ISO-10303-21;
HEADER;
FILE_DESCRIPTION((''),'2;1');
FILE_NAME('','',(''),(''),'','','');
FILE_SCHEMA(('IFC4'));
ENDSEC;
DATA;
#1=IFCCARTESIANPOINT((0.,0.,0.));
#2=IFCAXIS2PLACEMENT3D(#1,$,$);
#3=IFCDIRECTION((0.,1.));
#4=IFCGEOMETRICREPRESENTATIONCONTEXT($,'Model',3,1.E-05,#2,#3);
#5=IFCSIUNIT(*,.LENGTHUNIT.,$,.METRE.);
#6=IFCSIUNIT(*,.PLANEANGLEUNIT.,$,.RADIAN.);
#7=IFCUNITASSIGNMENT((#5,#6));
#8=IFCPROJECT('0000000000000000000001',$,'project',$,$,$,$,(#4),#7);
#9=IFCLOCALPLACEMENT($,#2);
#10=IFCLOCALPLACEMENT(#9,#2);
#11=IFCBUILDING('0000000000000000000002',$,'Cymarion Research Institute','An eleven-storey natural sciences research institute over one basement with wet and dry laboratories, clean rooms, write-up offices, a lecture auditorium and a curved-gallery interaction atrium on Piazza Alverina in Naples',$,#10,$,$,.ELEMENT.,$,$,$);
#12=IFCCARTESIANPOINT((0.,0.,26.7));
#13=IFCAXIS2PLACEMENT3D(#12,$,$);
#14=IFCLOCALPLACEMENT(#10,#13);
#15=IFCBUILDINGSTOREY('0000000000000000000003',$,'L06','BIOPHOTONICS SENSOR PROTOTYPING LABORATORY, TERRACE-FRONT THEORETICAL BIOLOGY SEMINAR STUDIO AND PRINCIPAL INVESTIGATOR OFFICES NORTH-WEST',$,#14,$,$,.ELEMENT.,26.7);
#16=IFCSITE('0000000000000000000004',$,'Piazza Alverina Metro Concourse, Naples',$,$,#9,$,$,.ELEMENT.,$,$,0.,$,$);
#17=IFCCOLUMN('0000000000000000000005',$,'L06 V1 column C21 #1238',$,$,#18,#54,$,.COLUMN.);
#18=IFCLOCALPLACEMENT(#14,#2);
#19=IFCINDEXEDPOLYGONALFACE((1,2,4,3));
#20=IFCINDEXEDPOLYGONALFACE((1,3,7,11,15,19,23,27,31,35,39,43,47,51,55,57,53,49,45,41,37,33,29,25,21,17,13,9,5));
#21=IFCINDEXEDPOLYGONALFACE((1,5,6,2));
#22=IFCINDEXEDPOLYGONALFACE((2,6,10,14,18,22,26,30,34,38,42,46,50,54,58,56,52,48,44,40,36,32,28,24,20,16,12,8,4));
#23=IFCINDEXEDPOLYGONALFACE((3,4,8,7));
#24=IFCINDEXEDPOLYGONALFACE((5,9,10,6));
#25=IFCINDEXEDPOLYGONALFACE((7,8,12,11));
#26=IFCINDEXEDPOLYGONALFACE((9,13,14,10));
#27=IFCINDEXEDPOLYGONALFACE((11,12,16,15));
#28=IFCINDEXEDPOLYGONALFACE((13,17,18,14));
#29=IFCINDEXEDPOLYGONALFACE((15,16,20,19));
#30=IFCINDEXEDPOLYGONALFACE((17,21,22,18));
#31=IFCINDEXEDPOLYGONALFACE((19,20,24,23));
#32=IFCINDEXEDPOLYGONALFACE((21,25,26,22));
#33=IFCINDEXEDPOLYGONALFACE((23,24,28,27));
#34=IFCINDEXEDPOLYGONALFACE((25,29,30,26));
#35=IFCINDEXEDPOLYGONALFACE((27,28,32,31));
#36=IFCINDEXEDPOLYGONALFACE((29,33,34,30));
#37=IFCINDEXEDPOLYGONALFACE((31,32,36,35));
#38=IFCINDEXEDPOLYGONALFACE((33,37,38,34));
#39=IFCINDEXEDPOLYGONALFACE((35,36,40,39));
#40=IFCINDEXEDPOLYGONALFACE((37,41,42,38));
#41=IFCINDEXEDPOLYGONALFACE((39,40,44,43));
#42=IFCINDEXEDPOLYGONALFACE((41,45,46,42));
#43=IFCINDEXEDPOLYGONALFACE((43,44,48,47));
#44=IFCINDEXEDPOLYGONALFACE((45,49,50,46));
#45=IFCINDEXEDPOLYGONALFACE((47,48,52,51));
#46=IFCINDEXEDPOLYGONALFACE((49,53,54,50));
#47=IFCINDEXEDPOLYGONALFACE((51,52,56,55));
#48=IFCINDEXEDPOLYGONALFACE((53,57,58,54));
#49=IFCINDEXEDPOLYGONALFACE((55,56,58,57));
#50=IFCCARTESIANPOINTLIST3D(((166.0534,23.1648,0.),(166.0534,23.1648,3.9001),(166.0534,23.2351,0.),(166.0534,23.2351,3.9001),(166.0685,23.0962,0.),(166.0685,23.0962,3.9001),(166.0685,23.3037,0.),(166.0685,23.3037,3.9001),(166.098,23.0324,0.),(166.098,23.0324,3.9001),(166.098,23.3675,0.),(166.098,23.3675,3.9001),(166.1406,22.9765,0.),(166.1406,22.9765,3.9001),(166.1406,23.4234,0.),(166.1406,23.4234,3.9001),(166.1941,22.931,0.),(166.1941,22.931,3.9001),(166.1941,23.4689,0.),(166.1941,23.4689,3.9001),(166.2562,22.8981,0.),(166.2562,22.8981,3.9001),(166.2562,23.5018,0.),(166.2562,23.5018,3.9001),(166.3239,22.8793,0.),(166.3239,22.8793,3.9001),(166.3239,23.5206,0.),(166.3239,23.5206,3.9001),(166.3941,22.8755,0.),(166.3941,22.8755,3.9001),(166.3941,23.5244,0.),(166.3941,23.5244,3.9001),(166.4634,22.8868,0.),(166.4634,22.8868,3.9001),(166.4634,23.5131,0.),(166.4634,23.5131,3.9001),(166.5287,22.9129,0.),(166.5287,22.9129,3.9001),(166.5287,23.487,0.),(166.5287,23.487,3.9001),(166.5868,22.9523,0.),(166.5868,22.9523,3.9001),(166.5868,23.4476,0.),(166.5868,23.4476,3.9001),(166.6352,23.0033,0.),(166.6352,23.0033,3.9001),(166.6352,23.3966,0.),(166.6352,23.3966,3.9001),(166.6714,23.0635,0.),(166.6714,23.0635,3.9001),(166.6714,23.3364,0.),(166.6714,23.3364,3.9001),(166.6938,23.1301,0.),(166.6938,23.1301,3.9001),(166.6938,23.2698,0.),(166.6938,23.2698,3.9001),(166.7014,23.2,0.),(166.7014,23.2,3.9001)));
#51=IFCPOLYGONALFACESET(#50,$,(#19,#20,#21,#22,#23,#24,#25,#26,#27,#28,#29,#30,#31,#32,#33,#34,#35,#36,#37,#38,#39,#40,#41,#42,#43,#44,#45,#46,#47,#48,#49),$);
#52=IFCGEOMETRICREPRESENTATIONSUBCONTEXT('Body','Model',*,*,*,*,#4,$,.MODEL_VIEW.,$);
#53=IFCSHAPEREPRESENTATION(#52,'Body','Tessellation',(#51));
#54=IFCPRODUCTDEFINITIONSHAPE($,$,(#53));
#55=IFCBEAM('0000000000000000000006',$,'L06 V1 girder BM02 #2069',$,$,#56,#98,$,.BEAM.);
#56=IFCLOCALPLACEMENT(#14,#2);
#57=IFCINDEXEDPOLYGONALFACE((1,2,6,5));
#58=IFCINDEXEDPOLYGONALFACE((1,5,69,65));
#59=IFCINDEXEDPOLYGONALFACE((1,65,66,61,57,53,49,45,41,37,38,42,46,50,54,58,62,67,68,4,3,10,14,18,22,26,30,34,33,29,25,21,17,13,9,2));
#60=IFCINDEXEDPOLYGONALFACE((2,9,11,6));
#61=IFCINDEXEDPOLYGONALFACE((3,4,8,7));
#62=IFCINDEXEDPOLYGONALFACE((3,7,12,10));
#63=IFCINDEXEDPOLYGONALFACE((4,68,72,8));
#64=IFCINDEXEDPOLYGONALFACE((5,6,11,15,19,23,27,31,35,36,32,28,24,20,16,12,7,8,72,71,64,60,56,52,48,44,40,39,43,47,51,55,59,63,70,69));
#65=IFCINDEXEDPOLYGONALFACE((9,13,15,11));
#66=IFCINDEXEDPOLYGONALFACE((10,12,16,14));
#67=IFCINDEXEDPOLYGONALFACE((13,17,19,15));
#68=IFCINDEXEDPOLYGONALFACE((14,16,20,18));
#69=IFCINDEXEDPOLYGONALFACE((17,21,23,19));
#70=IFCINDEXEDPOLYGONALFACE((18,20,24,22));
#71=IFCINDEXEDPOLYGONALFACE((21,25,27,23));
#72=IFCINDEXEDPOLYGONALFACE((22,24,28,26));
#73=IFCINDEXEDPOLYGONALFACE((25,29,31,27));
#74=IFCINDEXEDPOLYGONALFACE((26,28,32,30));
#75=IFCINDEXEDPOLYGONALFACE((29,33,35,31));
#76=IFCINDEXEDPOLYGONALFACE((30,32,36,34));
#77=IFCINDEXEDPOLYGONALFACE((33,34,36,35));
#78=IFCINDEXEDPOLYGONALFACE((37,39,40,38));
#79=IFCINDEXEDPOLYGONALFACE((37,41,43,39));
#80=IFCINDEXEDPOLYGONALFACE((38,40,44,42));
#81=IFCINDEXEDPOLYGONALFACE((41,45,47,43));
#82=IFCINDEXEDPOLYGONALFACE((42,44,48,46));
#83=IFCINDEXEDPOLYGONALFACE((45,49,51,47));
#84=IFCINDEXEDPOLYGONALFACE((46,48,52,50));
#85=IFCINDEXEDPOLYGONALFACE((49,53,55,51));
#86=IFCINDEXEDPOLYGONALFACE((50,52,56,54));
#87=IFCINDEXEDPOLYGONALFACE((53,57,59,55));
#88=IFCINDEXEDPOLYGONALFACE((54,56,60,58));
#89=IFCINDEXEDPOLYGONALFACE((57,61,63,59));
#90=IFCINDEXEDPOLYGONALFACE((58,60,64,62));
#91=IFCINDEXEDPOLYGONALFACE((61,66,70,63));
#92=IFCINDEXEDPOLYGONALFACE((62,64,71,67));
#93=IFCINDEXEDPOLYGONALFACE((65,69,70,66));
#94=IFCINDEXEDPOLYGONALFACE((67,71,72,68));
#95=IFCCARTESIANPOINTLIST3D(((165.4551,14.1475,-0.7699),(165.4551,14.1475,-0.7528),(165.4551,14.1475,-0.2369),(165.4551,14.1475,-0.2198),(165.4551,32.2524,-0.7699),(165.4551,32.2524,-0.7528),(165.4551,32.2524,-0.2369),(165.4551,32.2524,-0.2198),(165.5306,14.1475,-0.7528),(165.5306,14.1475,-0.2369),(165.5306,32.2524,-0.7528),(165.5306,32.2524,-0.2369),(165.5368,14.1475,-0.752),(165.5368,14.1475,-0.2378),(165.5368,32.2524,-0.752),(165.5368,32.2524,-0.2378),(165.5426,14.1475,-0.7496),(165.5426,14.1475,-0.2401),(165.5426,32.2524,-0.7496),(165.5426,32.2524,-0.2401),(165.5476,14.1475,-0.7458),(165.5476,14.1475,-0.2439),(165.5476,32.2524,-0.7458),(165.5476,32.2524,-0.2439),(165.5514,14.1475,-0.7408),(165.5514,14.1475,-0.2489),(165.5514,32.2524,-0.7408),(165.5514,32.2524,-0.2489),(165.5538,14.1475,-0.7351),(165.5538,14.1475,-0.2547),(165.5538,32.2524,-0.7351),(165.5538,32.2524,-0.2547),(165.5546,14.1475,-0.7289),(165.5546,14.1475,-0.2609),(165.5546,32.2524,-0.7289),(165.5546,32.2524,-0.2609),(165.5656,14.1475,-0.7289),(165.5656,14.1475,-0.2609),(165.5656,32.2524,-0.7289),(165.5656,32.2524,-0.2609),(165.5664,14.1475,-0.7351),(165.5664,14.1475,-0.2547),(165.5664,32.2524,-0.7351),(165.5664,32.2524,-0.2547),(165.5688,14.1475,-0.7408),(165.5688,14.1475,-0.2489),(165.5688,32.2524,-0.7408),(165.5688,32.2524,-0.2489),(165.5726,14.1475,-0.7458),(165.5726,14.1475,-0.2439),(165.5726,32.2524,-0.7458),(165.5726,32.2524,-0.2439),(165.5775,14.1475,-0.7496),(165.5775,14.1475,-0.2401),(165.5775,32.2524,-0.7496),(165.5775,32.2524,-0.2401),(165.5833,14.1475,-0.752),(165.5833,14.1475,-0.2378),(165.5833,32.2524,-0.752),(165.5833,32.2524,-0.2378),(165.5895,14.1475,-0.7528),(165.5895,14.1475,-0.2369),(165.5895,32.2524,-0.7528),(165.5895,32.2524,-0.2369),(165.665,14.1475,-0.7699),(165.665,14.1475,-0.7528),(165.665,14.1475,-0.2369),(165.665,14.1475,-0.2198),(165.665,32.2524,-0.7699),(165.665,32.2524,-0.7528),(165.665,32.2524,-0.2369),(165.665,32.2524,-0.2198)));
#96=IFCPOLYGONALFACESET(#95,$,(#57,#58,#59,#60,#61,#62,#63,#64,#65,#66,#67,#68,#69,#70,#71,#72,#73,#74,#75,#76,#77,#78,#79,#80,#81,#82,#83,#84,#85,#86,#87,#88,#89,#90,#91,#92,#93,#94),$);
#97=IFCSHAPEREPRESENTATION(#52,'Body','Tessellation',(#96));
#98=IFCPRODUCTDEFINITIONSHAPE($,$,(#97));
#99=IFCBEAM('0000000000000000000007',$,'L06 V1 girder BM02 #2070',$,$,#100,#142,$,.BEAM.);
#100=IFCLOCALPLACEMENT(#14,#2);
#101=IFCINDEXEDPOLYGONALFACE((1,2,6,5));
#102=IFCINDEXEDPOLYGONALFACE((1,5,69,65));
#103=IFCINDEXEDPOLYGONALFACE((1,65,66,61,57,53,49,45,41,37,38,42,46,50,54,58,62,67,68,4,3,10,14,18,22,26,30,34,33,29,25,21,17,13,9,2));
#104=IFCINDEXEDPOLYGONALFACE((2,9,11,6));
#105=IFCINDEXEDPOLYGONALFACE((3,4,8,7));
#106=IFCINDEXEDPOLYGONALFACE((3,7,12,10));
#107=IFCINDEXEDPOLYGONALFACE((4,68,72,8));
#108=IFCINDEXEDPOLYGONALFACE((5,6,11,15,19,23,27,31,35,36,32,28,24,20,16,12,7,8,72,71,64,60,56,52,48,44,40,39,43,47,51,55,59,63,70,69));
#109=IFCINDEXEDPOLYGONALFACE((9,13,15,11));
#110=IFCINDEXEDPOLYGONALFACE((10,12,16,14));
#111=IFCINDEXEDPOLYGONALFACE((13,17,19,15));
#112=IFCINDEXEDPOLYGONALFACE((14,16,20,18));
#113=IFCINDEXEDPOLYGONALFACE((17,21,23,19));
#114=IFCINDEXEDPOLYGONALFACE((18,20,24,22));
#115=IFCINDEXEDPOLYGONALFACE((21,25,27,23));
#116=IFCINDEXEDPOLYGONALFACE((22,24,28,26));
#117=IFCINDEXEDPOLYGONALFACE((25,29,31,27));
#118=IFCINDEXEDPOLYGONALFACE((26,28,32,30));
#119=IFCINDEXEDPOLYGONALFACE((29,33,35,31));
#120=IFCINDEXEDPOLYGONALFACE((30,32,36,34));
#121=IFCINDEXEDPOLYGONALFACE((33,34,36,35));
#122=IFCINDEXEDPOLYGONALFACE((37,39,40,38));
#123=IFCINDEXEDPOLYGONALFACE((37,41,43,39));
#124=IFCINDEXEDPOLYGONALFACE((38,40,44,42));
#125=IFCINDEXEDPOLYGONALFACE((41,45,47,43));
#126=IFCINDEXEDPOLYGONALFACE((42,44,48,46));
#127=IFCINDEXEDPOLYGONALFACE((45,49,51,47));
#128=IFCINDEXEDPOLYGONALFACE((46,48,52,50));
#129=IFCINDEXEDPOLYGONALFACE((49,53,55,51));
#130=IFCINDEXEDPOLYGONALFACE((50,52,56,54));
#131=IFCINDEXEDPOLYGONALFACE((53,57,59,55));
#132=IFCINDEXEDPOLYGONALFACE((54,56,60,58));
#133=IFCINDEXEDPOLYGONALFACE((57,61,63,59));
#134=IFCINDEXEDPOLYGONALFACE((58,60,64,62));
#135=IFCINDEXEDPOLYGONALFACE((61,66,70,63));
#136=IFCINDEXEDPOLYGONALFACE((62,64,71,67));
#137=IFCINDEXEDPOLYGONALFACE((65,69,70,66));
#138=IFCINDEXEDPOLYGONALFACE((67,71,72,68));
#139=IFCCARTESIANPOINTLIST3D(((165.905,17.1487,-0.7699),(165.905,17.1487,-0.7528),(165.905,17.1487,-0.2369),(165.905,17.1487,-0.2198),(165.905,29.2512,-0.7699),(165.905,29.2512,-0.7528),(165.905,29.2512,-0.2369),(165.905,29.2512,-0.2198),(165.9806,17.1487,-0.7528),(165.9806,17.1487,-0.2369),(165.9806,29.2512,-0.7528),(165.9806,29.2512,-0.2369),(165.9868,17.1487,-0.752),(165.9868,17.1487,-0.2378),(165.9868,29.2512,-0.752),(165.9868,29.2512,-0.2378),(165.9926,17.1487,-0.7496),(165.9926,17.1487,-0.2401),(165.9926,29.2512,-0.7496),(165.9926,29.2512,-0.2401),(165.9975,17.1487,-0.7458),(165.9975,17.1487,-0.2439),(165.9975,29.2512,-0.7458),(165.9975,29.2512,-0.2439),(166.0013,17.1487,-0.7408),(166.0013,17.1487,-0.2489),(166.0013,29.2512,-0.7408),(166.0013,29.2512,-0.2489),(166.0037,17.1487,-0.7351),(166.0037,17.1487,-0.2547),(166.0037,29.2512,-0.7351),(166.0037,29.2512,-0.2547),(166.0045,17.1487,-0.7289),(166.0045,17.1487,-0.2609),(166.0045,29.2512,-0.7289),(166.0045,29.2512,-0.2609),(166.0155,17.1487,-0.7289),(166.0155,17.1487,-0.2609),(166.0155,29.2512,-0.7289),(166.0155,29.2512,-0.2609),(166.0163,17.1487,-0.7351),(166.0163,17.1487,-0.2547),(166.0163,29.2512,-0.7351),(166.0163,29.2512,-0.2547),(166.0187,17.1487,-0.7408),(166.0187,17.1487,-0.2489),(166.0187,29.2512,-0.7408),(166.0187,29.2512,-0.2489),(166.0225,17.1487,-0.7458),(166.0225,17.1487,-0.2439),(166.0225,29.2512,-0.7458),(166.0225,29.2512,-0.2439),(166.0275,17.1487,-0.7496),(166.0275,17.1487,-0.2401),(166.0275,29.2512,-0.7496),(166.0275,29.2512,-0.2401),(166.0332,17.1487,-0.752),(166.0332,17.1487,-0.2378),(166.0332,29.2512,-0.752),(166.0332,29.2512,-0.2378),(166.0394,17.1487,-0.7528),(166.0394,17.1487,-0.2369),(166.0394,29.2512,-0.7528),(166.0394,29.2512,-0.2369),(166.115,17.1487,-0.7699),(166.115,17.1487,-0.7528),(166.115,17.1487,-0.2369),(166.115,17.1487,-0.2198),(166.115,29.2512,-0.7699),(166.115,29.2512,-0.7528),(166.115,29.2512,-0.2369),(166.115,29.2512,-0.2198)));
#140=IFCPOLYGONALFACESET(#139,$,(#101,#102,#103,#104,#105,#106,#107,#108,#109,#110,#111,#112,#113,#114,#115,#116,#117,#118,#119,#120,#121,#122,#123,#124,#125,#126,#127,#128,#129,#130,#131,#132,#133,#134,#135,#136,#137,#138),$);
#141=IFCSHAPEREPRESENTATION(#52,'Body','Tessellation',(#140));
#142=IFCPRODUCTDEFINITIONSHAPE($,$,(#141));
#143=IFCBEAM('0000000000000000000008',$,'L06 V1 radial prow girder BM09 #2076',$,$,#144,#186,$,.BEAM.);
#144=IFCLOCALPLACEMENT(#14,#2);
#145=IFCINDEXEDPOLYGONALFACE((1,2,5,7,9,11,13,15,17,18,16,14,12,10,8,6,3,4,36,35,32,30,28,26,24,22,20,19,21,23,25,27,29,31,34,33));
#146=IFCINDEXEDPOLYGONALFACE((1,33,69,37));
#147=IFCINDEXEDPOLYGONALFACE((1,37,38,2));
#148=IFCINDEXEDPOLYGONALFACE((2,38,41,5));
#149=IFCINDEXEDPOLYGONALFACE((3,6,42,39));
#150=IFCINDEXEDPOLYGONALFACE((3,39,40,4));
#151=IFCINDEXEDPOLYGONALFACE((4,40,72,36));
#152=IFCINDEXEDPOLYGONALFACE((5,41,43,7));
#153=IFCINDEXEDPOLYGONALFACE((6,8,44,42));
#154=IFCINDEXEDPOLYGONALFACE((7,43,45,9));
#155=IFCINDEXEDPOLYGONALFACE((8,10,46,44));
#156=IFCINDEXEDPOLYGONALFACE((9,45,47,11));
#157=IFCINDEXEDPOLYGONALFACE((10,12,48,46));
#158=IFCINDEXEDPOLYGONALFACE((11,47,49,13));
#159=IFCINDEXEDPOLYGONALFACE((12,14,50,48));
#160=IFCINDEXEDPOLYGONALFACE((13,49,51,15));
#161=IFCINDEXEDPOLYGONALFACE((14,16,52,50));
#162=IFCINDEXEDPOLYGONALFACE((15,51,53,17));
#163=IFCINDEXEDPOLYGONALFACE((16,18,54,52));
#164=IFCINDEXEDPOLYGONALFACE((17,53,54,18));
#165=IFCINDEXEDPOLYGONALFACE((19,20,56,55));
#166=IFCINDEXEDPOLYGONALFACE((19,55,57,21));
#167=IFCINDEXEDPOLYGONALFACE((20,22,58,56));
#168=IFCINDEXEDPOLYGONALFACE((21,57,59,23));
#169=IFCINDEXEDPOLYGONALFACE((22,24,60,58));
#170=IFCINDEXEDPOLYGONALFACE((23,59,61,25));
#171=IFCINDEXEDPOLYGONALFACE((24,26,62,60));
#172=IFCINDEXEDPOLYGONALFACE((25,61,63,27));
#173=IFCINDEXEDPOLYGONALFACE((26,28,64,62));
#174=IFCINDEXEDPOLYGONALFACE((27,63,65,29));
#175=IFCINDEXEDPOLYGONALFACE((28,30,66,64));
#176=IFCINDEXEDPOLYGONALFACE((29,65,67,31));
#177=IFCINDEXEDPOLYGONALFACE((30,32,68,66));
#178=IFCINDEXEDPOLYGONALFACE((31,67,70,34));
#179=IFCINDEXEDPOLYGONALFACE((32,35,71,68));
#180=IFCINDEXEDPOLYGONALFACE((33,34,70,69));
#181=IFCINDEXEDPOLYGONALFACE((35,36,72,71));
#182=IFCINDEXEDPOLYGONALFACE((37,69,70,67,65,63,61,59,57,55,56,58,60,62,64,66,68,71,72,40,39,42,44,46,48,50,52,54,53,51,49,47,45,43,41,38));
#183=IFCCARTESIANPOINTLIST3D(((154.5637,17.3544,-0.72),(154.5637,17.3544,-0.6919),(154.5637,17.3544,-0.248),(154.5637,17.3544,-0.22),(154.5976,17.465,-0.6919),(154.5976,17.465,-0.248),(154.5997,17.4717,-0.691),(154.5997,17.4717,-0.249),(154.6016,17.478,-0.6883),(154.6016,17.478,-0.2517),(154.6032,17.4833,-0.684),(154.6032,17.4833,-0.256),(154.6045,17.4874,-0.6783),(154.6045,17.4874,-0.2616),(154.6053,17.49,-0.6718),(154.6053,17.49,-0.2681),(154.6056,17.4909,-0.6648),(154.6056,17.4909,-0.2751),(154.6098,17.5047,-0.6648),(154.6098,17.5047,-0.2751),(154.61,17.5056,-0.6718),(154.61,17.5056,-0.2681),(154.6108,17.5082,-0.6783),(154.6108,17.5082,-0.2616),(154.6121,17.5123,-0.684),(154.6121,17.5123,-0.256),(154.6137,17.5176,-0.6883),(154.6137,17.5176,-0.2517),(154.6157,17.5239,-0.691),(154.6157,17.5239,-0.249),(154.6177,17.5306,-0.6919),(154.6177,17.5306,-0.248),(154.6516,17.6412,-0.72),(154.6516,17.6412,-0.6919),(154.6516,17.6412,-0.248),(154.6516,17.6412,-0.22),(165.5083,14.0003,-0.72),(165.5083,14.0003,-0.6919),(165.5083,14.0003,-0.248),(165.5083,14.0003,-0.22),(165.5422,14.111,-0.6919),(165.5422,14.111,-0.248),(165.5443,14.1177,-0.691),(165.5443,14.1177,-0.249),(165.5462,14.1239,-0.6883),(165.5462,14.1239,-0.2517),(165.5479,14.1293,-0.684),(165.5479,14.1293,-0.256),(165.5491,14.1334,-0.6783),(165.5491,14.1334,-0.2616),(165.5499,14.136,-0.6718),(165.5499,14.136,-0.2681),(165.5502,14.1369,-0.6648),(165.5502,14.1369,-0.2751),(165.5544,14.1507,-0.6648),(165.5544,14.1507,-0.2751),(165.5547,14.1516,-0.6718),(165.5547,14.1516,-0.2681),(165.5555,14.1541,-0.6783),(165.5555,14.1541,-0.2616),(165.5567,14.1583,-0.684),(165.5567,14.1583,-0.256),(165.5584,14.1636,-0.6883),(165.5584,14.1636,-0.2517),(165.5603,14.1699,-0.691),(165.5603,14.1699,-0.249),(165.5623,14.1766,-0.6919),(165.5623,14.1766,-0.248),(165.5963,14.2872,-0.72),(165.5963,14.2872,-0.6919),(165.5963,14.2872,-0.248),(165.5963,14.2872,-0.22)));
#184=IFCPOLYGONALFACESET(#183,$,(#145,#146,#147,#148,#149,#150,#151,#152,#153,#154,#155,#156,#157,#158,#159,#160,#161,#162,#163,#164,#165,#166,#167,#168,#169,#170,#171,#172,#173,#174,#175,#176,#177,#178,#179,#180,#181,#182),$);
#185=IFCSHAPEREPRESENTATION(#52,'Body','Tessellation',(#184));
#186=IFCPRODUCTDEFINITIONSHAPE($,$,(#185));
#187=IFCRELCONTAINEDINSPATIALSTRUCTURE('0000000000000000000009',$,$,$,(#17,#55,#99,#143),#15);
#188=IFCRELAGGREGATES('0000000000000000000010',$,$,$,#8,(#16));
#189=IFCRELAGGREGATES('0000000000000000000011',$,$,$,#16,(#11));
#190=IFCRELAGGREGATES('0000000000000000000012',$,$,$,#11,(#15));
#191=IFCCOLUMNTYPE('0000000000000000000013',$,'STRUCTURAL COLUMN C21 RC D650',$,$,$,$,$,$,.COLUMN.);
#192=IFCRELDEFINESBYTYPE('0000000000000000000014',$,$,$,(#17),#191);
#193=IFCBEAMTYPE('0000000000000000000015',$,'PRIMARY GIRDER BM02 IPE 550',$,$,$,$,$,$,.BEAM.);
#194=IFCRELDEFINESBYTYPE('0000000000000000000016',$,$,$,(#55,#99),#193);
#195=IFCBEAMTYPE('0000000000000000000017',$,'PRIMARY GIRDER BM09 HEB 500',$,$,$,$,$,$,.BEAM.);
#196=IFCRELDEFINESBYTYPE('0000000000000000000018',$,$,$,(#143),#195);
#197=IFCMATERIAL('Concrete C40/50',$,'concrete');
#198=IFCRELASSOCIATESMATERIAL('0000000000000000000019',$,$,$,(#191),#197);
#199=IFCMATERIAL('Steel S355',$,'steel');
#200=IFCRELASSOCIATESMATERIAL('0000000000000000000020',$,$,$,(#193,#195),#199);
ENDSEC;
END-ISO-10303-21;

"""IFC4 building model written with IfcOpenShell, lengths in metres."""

from ifc_helpers import new_model, si_unit, direction, frame, origin, origin_2d, place, context, subcontext, project, spatial, circle, i_section, extrude, material, material_profile, profile_set, type_object, element, save


model = new_model("IFC4")

# Units and contexts
model_context = context("Model", 3, precision=1e-05, world=origin(), true_north=direction((0.0, 1.0)))
body_context = subcontext(model_context, "Body", "Model", "MODEL_VIEW")
ifc_project = project(units=[si_unit("LENGTHUNIT", "METRE"), si_unit("PLANEANGLEUNIT", "RADIAN")], contexts=[model_context])

# Site, building, storey
site_placement = place(None, origin())
site = spatial("IfcSite", under=ifc_project, at=site_placement, Name="Piazza Alverina Metro Concourse, Naples", CompositionType="ELEMENT", RefElevation=0.0)
building_placement = place(site_placement, origin())
building = spatial("IfcBuilding", under=site, at=building_placement, Name="Cymarion Research Institute", Description="An eleven-storey natural sciences research institute over one basement with wet and dry laboratories, clean rooms, write-up offices, a lecture auditorium and a curved-gallery interaction atrium on Piazza Alverina in Naples", CompositionType="ELEMENT")
storey_placement = place(building_placement, frame((0.0, 0.0, 26.7)))
storey = spatial("IfcBuildingStorey", under=building, at=storey_placement, Name="L06", Description="BIOPHOTONICS SENSOR PROTOTYPING LABORATORY, TERRACE-FRONT THEORETICAL BIOLOGY SEMINAR STUDIO AND PRINCIPAL INVESTIGATOR OFFICES NORTH-WEST", CompositionType="ELEMENT", Elevation=26.7)

# Column
ifc_material_1 = material(Name="Steel S355", Category="steel")
ifc_material_2 = material(Name="Concrete C40/50", Category="concrete")
ifc_material_profile_1 = material_profile(ifc_material_2, circle(Radius=0.325, at=origin_2d()), Name="RC D650")
ifc_profile_set_1 = profile_set([ifc_material_profile_1], Name="Concrete C40/50")
column_type_1 = type_object("IfcColumnType", Name="STRUCTURAL COLUMN C21 RC D650", PredefinedType="COLUMN", material=ifc_profile_set_1)
for number, where, z_axis, x_axis, name in (
    (1, (166.3765, 23.2, 0.0), (0.0, 0.0, 1.0), (1.0, 0.0, 0.0), "L06 V1 column C21 #1238"),
):
    element("IfcColumn", number, at=place(storey_placement, frame(where, z_axis=z_axis, x_axis=x_axis)), inside=storey, type_object=column_type_1, Name=name, PredefinedType="COLUMN", context=body_context, shape_type="SweptSolid", body=[
        extrude(circle(Radius=0.325, at=origin_2d()), origin(), (0.0, 0.0, 1.0), 3.9001),
    ])

# Beams
ifc_material_profile_2 = material_profile(ifc_material_1, i_section(OverallWidth=0.21, OverallDepth=0.55, WebThickness=0.011, FlangeThickness=0.0171, FilletRadius=0.0239, at=origin_2d()), Name="IPE 550")
ifc_profile_set_2 = profile_set([ifc_material_profile_2], Name="Steel S355")
beam_type_1 = type_object("IfcBeamType", Name="PRIMARY GIRDER BM02 IPE 550", PredefinedType="BEAM", material=ifc_profile_set_2)
beam_1_placement = place(storey_placement, frame((165.5601, 14.1475, -0.4949), z_axis=(0.0, 1.0, 0.0), x_axis=(-1.0, 0.0, 0.0)))
element("IfcBeam", 2, at=beam_1_placement, inside=storey, type_object=beam_type_1, Name="L06 V1 girder BM02 #2069", PredefinedType="BEAM", context=body_context, shape_type="SweptSolid", body=[
    extrude(i_section(OverallWidth=0.21, OverallDepth=0.55, WebThickness=0.011, FlangeThickness=0.0171, FilletRadius=0.0239, at=origin_2d()), origin(), (0.0, 0.0, 1.0), 18.105),
])
beam_2_placement = place(storey_placement, frame((166.01, 17.1487, -0.4949), z_axis=(0.0, 1.0, 0.0), x_axis=(-1.0, 0.0, 0.0)))
element("IfcBeam", 3, at=beam_2_placement, inside=storey, type_object=beam_type_1, Name="L06 V1 girder BM02 #2070", PredefinedType="BEAM", context=body_context, shape_type="SweptSolid", body=[
    extrude(i_section(OverallWidth=0.21, OverallDepth=0.55, WebThickness=0.011, FlangeThickness=0.0171, FilletRadius=0.0239, at=origin_2d()), origin(), (0.0, 0.0, 1.0), 12.1025),
])
ifc_material_profile_3 = material_profile(ifc_material_1, i_section(OverallWidth=0.3, OverallDepth=0.5, WebThickness=0.0144, FlangeThickness=0.0281, FilletRadius=0.0271, at=origin_2d()), Name="HEB 500")
ifc_profile_set_3 = profile_set([ifc_material_profile_3], Name="Steel S355")
beam_type_2 = type_object("IfcBeamType", Name="PRIMARY GIRDER BM09 HEB 500", PredefinedType="BEAM", material=ifc_profile_set_3)
beam_3_placement = place(storey_placement, frame((154.6077, 17.4978, -0.47), z_axis=(0.956111, -0.293004, 0.0), x_axis=(0.293004, 0.956111, 0.0)))
element("IfcBeam", 4, at=beam_3_placement, inside=storey, type_object=beam_type_2, Name="L06 V1 radial prow girder BM09 #2076", PredefinedType="BEAM", context=body_context, shape_type="SweptSolid", body=[
    extrude(i_section(OverallWidth=0.3, OverallDepth=0.5, WebThickness=0.0144, FlangeThickness=0.0281, FilletRadius=0.0271, at=origin_2d()), origin(), (0.0, 0.0, 1.0), 11.447),
])

save(model, "model.ifc")
